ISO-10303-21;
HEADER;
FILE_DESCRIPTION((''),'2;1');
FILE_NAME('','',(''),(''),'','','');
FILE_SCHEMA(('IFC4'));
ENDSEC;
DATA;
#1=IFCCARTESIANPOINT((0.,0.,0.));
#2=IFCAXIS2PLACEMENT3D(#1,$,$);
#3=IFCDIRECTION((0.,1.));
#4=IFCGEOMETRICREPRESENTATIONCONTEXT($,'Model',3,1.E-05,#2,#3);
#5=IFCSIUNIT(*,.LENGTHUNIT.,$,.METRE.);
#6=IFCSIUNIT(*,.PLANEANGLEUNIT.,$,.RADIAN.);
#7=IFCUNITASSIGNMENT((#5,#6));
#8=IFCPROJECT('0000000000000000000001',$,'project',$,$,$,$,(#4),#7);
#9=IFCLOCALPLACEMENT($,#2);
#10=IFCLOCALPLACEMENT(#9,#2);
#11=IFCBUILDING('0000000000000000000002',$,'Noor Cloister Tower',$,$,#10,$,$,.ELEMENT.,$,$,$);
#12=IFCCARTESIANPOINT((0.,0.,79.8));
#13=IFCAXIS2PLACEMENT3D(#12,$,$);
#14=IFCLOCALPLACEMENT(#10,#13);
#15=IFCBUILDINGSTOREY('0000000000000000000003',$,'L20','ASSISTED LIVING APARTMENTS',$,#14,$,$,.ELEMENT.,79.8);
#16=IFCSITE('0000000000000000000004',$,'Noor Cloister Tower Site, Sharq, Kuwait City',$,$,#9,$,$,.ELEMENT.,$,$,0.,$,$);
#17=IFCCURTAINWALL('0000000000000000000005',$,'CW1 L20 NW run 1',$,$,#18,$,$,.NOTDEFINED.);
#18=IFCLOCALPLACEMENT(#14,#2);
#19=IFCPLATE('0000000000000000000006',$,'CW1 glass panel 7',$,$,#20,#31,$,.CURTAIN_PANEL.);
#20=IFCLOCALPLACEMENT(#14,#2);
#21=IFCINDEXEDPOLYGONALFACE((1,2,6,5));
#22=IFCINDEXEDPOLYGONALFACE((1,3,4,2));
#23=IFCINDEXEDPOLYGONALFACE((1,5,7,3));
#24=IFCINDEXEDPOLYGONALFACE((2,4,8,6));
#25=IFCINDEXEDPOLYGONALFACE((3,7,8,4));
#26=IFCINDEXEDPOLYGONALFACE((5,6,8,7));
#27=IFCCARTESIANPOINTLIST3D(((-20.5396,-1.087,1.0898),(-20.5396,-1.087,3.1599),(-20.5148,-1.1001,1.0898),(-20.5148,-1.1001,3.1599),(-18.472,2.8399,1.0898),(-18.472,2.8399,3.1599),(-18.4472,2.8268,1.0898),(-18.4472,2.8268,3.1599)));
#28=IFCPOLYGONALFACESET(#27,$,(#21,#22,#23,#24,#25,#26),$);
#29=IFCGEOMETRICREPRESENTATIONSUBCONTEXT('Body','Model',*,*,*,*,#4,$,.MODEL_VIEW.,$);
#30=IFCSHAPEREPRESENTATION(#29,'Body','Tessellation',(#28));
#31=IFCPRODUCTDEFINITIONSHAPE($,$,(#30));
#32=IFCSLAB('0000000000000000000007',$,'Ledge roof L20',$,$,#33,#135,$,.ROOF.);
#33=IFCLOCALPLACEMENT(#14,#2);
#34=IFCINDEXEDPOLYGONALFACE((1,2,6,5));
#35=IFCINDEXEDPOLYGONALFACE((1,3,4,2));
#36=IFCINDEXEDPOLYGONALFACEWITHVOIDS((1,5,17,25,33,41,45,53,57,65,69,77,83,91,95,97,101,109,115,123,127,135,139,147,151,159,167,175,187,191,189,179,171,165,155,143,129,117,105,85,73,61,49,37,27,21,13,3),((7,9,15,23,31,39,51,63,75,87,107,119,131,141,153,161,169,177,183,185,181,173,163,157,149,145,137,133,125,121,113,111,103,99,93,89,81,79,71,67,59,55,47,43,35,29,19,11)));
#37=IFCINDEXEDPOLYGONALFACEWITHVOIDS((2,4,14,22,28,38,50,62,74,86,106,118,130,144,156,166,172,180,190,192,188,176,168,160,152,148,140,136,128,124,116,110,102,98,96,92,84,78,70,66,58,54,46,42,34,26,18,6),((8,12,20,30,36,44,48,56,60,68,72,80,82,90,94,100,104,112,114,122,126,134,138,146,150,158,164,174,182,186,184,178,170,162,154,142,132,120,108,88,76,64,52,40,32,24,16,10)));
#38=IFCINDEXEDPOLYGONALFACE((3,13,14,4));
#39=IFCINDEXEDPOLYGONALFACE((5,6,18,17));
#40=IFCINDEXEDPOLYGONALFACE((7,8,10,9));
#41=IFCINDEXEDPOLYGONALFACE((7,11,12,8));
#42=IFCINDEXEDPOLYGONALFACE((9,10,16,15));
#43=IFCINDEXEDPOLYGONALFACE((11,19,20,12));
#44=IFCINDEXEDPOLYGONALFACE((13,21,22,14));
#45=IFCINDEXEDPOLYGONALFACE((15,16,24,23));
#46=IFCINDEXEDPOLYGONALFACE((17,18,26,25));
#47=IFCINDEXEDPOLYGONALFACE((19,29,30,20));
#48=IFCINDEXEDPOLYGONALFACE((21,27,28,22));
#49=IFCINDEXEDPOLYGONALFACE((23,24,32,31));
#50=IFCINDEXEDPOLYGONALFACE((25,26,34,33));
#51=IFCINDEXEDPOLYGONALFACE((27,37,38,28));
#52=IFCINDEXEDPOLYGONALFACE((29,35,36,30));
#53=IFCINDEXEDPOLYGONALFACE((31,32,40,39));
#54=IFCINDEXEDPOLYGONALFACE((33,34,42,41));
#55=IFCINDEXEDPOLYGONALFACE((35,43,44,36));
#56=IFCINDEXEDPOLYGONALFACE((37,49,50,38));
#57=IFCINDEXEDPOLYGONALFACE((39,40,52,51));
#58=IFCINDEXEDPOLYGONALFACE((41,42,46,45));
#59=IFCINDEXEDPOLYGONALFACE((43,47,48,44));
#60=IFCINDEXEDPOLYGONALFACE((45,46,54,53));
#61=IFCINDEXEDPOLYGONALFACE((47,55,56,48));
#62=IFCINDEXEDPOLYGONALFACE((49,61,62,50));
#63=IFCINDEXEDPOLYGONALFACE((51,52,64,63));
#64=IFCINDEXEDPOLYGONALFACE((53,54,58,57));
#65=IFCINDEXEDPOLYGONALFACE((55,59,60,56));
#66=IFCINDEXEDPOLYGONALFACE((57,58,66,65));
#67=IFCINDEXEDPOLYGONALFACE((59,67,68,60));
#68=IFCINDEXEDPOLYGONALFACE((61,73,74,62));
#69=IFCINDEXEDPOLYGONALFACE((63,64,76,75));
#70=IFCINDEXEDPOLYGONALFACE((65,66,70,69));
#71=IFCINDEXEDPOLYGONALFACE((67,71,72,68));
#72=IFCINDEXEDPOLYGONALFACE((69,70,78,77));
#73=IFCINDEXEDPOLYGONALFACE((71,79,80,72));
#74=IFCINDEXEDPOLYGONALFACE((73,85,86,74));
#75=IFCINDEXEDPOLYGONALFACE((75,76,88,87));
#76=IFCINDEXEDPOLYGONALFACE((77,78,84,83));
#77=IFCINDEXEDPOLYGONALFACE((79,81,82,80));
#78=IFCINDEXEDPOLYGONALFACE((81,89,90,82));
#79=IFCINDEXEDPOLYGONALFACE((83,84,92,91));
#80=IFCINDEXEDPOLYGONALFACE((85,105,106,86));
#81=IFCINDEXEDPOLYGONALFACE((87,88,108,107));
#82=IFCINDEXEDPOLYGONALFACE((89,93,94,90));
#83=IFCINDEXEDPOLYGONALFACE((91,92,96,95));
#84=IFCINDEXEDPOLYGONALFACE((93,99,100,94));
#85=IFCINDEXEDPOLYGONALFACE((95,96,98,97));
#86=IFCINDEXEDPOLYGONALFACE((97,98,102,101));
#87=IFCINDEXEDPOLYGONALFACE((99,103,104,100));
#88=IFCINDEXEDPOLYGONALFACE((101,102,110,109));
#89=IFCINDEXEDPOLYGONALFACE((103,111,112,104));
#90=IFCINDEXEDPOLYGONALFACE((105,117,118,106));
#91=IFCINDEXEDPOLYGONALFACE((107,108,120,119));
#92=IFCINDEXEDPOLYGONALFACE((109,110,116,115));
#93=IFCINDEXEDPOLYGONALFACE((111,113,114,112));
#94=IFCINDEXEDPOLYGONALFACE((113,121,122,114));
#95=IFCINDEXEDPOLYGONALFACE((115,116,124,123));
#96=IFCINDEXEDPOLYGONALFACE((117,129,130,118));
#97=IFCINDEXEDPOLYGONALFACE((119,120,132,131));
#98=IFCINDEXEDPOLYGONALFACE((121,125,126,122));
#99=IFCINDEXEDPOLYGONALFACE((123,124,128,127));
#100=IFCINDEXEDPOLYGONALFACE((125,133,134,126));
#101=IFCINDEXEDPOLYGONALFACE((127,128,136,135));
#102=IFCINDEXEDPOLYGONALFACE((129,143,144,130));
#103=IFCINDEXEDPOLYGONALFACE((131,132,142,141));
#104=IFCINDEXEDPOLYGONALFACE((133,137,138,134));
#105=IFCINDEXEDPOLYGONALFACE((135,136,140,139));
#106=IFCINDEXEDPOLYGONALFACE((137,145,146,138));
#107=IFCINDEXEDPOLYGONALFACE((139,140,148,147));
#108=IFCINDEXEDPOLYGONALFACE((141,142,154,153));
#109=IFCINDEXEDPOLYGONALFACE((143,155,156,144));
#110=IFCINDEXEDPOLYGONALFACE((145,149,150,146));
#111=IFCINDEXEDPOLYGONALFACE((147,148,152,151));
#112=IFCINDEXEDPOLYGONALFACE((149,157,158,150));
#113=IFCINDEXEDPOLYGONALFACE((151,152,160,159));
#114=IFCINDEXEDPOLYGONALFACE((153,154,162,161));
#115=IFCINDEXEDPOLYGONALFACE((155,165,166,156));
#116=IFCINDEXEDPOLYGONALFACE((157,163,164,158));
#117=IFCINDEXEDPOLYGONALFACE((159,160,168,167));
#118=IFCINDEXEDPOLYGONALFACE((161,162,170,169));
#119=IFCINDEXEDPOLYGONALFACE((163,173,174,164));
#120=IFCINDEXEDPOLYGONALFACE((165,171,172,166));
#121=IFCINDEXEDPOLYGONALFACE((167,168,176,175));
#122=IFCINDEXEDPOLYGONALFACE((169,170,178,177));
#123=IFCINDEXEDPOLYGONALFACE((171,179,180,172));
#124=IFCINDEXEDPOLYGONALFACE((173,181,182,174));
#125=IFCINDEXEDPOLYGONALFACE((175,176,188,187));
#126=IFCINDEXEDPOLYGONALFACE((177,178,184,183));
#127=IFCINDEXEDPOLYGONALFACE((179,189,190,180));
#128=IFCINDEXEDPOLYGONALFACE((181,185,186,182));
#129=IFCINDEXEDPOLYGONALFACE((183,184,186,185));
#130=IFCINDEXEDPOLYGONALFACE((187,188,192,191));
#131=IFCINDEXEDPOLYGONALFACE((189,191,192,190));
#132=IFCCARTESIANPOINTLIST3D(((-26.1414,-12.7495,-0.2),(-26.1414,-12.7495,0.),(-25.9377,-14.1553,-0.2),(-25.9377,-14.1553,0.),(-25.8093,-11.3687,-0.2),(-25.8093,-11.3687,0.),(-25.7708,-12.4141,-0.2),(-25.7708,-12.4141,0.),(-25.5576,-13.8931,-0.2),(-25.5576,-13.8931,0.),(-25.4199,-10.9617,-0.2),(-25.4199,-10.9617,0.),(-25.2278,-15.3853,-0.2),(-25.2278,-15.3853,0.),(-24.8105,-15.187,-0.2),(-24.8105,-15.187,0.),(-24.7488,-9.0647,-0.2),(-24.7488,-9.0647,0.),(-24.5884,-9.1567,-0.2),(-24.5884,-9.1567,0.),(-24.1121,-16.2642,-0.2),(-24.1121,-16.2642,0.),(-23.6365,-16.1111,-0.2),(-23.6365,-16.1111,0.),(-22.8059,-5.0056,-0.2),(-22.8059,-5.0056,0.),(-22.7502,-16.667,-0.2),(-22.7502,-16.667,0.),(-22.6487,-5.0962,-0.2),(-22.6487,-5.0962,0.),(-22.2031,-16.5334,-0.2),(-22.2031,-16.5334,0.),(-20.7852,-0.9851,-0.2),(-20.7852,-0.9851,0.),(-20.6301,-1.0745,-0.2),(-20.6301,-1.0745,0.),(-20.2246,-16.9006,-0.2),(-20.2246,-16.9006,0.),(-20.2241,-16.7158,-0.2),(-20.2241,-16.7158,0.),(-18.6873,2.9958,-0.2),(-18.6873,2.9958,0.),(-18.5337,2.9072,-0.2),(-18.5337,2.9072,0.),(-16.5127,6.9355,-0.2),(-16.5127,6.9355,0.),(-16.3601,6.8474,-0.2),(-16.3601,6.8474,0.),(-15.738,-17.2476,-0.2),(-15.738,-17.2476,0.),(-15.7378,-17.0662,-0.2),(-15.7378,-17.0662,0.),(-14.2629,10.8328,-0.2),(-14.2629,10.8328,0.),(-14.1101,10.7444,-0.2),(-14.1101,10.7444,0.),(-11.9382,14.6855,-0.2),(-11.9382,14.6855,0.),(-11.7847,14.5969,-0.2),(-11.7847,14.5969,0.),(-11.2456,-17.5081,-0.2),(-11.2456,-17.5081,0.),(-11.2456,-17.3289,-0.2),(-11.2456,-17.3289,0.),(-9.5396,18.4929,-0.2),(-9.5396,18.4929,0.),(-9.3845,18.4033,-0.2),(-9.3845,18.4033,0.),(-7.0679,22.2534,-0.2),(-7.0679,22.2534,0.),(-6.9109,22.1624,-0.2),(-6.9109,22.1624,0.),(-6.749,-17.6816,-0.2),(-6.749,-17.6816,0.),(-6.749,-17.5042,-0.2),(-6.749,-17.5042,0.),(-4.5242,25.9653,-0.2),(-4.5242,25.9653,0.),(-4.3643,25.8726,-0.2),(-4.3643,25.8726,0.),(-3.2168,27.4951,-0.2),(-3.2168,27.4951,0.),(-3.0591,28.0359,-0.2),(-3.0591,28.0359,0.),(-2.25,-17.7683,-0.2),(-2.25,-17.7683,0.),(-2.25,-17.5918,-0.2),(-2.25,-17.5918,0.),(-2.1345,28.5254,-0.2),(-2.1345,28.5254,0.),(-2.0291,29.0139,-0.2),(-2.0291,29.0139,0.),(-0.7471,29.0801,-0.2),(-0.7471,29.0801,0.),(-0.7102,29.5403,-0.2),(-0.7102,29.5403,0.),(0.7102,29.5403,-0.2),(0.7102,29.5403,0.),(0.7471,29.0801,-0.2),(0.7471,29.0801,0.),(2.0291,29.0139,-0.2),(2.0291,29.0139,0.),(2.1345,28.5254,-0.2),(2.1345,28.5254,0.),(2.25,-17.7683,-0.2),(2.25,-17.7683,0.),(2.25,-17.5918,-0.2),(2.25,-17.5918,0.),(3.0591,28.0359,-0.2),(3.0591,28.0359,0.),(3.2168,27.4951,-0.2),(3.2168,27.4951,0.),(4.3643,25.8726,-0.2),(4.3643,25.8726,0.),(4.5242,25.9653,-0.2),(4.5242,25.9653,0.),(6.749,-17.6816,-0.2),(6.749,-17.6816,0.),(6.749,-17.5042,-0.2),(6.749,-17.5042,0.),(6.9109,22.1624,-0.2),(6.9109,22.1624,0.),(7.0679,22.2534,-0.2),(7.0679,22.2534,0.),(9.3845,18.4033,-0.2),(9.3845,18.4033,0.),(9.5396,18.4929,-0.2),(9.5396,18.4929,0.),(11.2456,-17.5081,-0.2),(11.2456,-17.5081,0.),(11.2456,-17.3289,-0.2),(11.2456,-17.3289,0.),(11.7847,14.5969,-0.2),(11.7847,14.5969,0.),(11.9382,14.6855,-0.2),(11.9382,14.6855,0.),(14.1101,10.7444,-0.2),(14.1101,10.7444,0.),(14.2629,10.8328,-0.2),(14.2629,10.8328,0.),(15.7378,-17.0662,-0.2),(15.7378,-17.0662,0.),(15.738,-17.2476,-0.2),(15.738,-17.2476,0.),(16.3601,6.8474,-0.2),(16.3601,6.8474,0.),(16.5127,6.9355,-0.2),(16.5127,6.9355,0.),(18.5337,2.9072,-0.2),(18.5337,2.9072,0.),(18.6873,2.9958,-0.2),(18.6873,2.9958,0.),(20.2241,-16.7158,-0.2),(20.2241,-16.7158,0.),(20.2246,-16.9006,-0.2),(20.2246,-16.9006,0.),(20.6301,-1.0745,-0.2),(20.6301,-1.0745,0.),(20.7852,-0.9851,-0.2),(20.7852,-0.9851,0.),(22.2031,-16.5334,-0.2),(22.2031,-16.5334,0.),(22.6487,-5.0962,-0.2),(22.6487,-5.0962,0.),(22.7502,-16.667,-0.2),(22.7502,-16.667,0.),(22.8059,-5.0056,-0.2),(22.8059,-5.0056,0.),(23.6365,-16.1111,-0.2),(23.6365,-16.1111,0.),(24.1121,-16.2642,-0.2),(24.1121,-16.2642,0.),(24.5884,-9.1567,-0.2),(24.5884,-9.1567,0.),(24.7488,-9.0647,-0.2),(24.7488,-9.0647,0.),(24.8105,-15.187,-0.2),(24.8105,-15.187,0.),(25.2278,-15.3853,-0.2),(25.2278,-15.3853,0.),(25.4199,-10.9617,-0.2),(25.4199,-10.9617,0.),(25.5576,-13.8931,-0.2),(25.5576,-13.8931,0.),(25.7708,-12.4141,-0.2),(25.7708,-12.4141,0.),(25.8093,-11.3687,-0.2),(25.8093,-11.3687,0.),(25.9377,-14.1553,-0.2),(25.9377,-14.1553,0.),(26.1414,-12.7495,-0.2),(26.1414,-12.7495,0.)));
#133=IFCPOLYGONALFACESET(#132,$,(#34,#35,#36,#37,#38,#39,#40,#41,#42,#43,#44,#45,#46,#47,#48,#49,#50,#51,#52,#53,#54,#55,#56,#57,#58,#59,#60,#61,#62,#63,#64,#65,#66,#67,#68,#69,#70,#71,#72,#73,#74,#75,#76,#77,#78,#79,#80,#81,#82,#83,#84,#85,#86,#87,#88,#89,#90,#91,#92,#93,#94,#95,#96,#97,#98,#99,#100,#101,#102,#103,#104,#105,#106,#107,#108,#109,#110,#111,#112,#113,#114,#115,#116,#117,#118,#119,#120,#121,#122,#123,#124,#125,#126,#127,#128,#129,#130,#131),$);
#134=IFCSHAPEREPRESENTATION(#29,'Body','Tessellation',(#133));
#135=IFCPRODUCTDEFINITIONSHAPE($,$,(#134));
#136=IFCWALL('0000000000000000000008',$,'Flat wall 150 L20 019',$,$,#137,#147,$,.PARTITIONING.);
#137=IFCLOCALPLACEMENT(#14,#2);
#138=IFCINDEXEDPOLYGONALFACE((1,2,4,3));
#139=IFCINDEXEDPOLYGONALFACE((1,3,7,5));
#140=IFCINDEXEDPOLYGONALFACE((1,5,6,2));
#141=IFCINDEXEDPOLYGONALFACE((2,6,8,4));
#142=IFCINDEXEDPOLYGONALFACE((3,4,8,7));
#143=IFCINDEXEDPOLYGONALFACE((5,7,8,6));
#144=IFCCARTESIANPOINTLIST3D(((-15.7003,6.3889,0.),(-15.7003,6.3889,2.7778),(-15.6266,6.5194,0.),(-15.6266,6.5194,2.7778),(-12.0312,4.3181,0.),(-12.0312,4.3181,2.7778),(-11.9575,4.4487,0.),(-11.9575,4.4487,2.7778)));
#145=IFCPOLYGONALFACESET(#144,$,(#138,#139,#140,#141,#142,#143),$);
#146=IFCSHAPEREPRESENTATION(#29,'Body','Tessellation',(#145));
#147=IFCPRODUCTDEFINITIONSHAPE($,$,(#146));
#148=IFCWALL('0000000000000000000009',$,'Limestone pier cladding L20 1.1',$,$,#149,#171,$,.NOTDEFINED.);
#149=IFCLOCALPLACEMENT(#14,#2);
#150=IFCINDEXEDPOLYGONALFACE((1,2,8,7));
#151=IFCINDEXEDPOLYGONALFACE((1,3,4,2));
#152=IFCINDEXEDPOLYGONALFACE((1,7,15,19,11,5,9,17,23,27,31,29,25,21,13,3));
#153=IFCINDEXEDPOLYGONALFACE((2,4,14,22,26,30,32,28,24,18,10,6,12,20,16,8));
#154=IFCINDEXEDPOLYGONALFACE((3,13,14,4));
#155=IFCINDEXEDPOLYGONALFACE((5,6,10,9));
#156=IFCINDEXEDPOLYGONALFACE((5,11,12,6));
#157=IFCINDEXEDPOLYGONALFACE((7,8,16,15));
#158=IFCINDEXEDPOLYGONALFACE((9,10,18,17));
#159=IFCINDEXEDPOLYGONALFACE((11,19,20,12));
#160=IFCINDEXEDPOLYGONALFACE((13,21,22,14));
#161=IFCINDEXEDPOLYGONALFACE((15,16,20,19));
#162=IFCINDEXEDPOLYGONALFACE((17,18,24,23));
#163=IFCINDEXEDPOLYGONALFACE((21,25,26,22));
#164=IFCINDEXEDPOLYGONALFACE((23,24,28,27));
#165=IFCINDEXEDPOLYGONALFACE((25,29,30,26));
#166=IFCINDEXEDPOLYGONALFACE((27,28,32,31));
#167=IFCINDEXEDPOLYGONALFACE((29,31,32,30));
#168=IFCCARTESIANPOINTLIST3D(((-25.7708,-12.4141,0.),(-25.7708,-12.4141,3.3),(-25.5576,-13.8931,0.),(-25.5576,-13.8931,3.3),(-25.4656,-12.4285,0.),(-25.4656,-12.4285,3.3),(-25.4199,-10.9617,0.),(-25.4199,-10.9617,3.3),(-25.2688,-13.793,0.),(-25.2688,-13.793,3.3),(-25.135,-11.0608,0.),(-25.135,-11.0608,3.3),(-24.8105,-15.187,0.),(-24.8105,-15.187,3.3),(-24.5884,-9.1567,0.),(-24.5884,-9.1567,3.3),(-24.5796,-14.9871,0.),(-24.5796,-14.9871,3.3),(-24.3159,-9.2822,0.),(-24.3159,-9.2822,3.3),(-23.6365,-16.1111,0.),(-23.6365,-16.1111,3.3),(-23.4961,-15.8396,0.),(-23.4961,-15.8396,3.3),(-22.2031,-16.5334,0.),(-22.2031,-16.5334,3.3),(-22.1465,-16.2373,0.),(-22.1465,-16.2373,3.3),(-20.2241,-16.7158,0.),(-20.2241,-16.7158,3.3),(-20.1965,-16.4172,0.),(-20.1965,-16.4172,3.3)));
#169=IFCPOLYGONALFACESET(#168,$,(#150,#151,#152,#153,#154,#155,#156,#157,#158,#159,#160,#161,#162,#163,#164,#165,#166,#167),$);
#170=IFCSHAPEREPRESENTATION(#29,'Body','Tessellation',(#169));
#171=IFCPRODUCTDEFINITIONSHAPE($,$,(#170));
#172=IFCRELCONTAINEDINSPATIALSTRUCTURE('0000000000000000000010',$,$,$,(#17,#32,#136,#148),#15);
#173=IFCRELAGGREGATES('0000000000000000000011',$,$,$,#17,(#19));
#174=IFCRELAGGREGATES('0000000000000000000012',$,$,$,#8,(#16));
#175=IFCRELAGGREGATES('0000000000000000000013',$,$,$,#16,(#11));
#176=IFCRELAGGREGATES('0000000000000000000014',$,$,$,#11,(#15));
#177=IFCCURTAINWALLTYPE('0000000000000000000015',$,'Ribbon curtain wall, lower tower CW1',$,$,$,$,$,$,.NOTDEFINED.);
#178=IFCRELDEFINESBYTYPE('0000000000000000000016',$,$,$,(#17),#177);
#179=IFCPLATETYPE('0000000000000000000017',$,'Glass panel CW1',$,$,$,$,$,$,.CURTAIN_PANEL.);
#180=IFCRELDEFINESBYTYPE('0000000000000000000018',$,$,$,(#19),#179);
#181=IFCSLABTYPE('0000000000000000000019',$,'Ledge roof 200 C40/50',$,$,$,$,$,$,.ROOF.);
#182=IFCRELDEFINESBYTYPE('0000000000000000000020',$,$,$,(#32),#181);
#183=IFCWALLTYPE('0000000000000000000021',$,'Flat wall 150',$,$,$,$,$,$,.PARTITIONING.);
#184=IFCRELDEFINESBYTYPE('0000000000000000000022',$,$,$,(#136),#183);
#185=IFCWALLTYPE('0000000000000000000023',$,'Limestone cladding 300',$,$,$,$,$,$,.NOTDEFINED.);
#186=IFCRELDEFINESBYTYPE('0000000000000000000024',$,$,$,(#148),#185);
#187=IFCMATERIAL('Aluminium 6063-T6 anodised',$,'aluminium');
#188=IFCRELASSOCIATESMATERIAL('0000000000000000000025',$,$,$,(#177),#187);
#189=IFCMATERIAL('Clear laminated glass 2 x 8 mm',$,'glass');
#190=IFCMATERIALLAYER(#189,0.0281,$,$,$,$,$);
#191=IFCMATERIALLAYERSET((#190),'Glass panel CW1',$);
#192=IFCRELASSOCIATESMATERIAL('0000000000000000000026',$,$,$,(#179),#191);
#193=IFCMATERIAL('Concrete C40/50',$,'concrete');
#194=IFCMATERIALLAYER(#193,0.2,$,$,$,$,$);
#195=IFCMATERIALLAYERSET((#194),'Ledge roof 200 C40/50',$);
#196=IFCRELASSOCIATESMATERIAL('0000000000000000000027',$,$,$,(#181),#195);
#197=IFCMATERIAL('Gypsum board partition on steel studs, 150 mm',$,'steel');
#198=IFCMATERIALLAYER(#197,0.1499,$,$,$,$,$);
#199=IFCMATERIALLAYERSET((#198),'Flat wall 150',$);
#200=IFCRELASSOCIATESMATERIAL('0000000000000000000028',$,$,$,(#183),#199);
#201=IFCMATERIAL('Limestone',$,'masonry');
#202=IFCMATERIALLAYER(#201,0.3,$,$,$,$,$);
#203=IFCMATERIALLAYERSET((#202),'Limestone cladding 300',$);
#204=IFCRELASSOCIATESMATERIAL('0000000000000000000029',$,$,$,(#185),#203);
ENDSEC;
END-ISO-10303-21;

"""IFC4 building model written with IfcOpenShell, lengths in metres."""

from ifc_helpers import new_model, si_unit, direction, frame, frame_2d, origin, origin_2d, place, context, subcontext, project, spatial, polyline, rectangle, outline, extrude, material, layer, layer_set, type_object, element, aggregate, save


model = new_model("IFC4")

# Units and contexts
model_context = context("Model", 3, precision=1e-05, world=origin(), true_north=direction((0.0, 1.0)))
body_context = subcontext(model_context, "Body", "Model", "MODEL_VIEW")
ifc_project = project(units=[si_unit("LENGTHUNIT", "METRE"), si_unit("PLANEANGLEUNIT", "RADIAN")], contexts=[model_context])

# Site, building, storey
site_placement = place(None, origin())
site = spatial("IfcSite", under=ifc_project, at=site_placement, Name="Noor Cloister Tower Site, Sharq, Kuwait City", CompositionType="ELEMENT", RefElevation=0.0)
building_placement = place(site_placement, origin())
building = spatial("IfcBuilding", under=site, at=building_placement, Name="Noor Cloister Tower", CompositionType="ELEMENT")
storey_placement = place(building_placement, frame((0.0, 0.0, 79.8)))
storey = spatial("IfcBuildingStorey", under=building, at=storey_placement, Name="L20", Description="ASSISTED LIVING APARTMENTS", CompositionType="ELEMENT", Elevation=79.8)

# Curtain wall
ifc_material_1 = material(Name="Aluminium 6063-T6 anodised", Category="aluminium")
curtain_wall_type = type_object("IfcCurtainWallType", Name="Ribbon curtain wall, lower tower CW1", PredefinedType="NOTDEFINED", material=ifc_material_1)
curtain_wall_1_placement = place(storey_placement, origin())
curtain_wall_1 = element("IfcCurtainWall", 1, at=curtain_wall_1_placement, inside=storey, type_object=curtain_wall_type, Name="CW1 L20 NW run 1", PredefinedType="NOTDEFINED")

# Plate
ifc_material_2 = material(Name="Clear laminated glass 2 x 8 mm", Category="glass")
ifc_layer_1 = layer(ifc_material_2, 0.0281)
ifc_layer_set_1 = layer_set([ifc_layer_1], Name="Glass panel CW1")
plate_type = type_object("IfcPlateType", Name="Glass panel CW1", PredefinedType="CURTAIN_PANEL", material=ifc_layer_set_1)
plate_1_placement = place(storey_placement, frame((-19.4934, 0.8699, 1.0898), z_axis=(0.0, 0.0, 1.0), x_axis=(-0.465889, -0.884843, 0.0)))
plate_1 = element("IfcPlate", 2, at=plate_1_placement, type_object=plate_type, Name="CW1 glass panel 7", PredefinedType="CURTAIN_PANEL", context=body_context, shape_type="SweptSolid", body=[
    extrude(rectangle(XDim=4.438, YDim=0.0281, at=origin_2d()), origin(), (0.0, 0.0, 1.0), 2.0701),
])
aggregate(curtain_wall_1, [plate_1])

# Slab
ifc_material_3 = material(Name="Concrete C40/50", Category="concrete")
ifc_layer_2 = layer(ifc_material_3, 0.2)
ifc_layer_set_2 = layer_set([ifc_layer_2], Name="Ledge roof 200 C40/50")
slab_type = type_object("IfcSlabType", Name="Ledge roof 200 C40/50", PredefinedType="ROOF", material=ifc_layer_set_2)
slab_placement = place(storey_placement, frame((0.0, 0.0, -0.2)))
element("IfcSlab", 3, at=slab_placement, inside=storey, type_object=slab_type, Name="Ledge roof L20", PredefinedType="ROOF", context=body_context, shape_type="SweptSolid", body=[
    extrude(outline(polyline([(4.5242, 25.9653), (3.0591, 28.0359), (2.0291, 29.0139), (0.7102, 29.5403), (-0.7102, 29.5403), (-2.0291, 29.0139), (-3.0591, 28.0359), (-4.5242, 25.9653), (-7.0679, 22.2534), (-9.5396, 18.4929), (-11.9382, 14.6855), (-14.2629, 10.8328), (-16.5127, 6.9355), (-18.6873, 2.9958), (-20.7852, -0.9851), (-22.8059, -5.0056), (-24.7488, -9.0647), (-25.8093, -11.3687), (-26.1414, -12.7495), (-25.9377, -14.1553), (-25.2278, -15.3853), (-24.1121, -16.2642), (-22.7502, -16.667), (-20.2246, -16.9006), (-15.738, -17.2476), (-11.2456, -17.5081), (-6.749, -17.6816), (-2.25, -17.7683), (2.25, -17.7683), (6.749, -17.6816), (11.2456, -17.5081), (15.738, -17.2476), (20.2246, -16.9006), (22.7502, -16.667), (24.1121, -16.2642), (25.2278, -15.3853), (25.9377, -14.1553), (26.1414, -12.7495), (25.8093, -11.3687), (24.7488, -9.0647), (22.8059, -5.0056), (20.7852, -0.9851), (18.6873, 2.9958), (16.5127, 6.9355), (14.2629, 10.8328), (11.9382, 14.6855), (9.5396, 18.4929), (7.0679, 22.2534), (4.5242, 25.9653)]), holes=[polyline([(0.7471, 29.0801), (-0.7471, 29.0801), (-2.1345, 28.5254), (-3.2168, 27.4951), (-4.3643, 25.8726), (-6.9109, 22.1624), (-9.3845, 18.4033), (-11.7847, 14.5969), (-14.1101, 10.7444), (-16.3601, 6.8474), (-18.5337, 2.9072), (-20.6301, -1.0745), (-22.6487, -5.0962), (-24.5884, -9.1567), (-25.4199, -10.9617), (-25.7708, -12.4141), (-25.5576, -13.8931), (-24.8105, -15.187), (-23.6365, -16.1111), (-22.2031, -16.5334), (-20.2241, -16.7158), (-15.7378, -17.0662), (-11.2456, -17.3289), (-6.749, -17.5042), (-2.25, -17.5918), (2.25, -17.5918), (6.749, -17.5042), (11.2456, -17.3289), (15.7378, -17.0662), (20.2241, -16.7158), (22.2031, -16.5334), (23.6365, -16.1111), (24.8105, -15.187), (25.5576, -13.8931), (25.7708, -12.4141), (25.4199, -10.9617), (24.5884, -9.1567), (22.6487, -5.0962), (20.6301, -1.0745), (18.5337, 2.9072), (16.3601, 6.8474), (14.1101, 10.7444), (11.7847, 14.5969), (9.3845, 18.4033), (6.9109, 22.1624), (4.3643, 25.8726), (3.2168, 27.4951), (2.1345, 28.5254), (0.7471, 29.0801)])]), origin(), (0.0, 0.0, 1.0), 0.2),
])

# Walls
ifc_material_4 = material(Name="Gypsum board partition on steel studs, 150 mm", Category="steel")
ifc_layer_3 = layer(ifc_material_4, 0.1499)
ifc_layer_set_3 = layer_set([ifc_layer_3], Name="Flat wall 150")
wall_type_1 = type_object("IfcWallType", Name="Flat wall 150", PredefinedType="PARTITIONING", material=ifc_layer_set_3)
wall_1_placement = place(storey_placement, frame((-15.6633, 6.4541, 0.0), z_axis=(0.0, 0.0, 1.0), x_axis=(0.870877, -0.491502, 0.0)))
element("IfcWall", 4, at=wall_1_placement, inside=storey, type_object=wall_type_1, Name="Flat wall 150 L20 019", PredefinedType="PARTITIONING", context=body_context, shape_type="SweptSolid", body=[
    extrude(rectangle(XDim=4.2131, YDim=0.1499, at=frame_2d((2.1064, 0.0))), origin(), (0.0, 0.0, 1.0), 2.7778),
])
ifc_material_5 = material(Name="Limestone", Category="masonry")
ifc_layer_4 = layer(ifc_material_5, 0.3)
ifc_layer_set_4 = layer_set([ifc_layer_4], Name="Limestone cladding 300")
wall_type_2 = type_object("IfcWallType", Name="Limestone cladding 300", PredefinedType="NOTDEFINED", material=ifc_layer_set_4)
wall_2_placement = place(storey_placement, origin())
element("IfcWall", 5, at=wall_2_placement, inside=storey, type_object=wall_type_2, Name="Limestone pier cladding L20 1.1", PredefinedType="NOTDEFINED", context=body_context, shape_type="SweptSolid", body=[
    extrude(outline(polyline([(-24.5884, -9.1567), (-25.4199, -10.9617), (-25.7708, -12.4141), (-25.5576, -13.8931), (-24.8105, -15.187), (-23.6365, -16.1111), (-22.2031, -16.5334), (-20.2241, -16.7158), (-20.1965, -16.4172), (-22.1465, -16.2373), (-23.4961, -15.8396), (-24.5796, -14.9871), (-25.2688, -13.793), (-25.4656, -12.4285), (-25.135, -11.0608), (-24.3159, -9.2822), (-24.5884, -9.1567)])), origin(), (0.0, 0.0, 1.0), 3.3),
])

save(model, "model.ifc")
